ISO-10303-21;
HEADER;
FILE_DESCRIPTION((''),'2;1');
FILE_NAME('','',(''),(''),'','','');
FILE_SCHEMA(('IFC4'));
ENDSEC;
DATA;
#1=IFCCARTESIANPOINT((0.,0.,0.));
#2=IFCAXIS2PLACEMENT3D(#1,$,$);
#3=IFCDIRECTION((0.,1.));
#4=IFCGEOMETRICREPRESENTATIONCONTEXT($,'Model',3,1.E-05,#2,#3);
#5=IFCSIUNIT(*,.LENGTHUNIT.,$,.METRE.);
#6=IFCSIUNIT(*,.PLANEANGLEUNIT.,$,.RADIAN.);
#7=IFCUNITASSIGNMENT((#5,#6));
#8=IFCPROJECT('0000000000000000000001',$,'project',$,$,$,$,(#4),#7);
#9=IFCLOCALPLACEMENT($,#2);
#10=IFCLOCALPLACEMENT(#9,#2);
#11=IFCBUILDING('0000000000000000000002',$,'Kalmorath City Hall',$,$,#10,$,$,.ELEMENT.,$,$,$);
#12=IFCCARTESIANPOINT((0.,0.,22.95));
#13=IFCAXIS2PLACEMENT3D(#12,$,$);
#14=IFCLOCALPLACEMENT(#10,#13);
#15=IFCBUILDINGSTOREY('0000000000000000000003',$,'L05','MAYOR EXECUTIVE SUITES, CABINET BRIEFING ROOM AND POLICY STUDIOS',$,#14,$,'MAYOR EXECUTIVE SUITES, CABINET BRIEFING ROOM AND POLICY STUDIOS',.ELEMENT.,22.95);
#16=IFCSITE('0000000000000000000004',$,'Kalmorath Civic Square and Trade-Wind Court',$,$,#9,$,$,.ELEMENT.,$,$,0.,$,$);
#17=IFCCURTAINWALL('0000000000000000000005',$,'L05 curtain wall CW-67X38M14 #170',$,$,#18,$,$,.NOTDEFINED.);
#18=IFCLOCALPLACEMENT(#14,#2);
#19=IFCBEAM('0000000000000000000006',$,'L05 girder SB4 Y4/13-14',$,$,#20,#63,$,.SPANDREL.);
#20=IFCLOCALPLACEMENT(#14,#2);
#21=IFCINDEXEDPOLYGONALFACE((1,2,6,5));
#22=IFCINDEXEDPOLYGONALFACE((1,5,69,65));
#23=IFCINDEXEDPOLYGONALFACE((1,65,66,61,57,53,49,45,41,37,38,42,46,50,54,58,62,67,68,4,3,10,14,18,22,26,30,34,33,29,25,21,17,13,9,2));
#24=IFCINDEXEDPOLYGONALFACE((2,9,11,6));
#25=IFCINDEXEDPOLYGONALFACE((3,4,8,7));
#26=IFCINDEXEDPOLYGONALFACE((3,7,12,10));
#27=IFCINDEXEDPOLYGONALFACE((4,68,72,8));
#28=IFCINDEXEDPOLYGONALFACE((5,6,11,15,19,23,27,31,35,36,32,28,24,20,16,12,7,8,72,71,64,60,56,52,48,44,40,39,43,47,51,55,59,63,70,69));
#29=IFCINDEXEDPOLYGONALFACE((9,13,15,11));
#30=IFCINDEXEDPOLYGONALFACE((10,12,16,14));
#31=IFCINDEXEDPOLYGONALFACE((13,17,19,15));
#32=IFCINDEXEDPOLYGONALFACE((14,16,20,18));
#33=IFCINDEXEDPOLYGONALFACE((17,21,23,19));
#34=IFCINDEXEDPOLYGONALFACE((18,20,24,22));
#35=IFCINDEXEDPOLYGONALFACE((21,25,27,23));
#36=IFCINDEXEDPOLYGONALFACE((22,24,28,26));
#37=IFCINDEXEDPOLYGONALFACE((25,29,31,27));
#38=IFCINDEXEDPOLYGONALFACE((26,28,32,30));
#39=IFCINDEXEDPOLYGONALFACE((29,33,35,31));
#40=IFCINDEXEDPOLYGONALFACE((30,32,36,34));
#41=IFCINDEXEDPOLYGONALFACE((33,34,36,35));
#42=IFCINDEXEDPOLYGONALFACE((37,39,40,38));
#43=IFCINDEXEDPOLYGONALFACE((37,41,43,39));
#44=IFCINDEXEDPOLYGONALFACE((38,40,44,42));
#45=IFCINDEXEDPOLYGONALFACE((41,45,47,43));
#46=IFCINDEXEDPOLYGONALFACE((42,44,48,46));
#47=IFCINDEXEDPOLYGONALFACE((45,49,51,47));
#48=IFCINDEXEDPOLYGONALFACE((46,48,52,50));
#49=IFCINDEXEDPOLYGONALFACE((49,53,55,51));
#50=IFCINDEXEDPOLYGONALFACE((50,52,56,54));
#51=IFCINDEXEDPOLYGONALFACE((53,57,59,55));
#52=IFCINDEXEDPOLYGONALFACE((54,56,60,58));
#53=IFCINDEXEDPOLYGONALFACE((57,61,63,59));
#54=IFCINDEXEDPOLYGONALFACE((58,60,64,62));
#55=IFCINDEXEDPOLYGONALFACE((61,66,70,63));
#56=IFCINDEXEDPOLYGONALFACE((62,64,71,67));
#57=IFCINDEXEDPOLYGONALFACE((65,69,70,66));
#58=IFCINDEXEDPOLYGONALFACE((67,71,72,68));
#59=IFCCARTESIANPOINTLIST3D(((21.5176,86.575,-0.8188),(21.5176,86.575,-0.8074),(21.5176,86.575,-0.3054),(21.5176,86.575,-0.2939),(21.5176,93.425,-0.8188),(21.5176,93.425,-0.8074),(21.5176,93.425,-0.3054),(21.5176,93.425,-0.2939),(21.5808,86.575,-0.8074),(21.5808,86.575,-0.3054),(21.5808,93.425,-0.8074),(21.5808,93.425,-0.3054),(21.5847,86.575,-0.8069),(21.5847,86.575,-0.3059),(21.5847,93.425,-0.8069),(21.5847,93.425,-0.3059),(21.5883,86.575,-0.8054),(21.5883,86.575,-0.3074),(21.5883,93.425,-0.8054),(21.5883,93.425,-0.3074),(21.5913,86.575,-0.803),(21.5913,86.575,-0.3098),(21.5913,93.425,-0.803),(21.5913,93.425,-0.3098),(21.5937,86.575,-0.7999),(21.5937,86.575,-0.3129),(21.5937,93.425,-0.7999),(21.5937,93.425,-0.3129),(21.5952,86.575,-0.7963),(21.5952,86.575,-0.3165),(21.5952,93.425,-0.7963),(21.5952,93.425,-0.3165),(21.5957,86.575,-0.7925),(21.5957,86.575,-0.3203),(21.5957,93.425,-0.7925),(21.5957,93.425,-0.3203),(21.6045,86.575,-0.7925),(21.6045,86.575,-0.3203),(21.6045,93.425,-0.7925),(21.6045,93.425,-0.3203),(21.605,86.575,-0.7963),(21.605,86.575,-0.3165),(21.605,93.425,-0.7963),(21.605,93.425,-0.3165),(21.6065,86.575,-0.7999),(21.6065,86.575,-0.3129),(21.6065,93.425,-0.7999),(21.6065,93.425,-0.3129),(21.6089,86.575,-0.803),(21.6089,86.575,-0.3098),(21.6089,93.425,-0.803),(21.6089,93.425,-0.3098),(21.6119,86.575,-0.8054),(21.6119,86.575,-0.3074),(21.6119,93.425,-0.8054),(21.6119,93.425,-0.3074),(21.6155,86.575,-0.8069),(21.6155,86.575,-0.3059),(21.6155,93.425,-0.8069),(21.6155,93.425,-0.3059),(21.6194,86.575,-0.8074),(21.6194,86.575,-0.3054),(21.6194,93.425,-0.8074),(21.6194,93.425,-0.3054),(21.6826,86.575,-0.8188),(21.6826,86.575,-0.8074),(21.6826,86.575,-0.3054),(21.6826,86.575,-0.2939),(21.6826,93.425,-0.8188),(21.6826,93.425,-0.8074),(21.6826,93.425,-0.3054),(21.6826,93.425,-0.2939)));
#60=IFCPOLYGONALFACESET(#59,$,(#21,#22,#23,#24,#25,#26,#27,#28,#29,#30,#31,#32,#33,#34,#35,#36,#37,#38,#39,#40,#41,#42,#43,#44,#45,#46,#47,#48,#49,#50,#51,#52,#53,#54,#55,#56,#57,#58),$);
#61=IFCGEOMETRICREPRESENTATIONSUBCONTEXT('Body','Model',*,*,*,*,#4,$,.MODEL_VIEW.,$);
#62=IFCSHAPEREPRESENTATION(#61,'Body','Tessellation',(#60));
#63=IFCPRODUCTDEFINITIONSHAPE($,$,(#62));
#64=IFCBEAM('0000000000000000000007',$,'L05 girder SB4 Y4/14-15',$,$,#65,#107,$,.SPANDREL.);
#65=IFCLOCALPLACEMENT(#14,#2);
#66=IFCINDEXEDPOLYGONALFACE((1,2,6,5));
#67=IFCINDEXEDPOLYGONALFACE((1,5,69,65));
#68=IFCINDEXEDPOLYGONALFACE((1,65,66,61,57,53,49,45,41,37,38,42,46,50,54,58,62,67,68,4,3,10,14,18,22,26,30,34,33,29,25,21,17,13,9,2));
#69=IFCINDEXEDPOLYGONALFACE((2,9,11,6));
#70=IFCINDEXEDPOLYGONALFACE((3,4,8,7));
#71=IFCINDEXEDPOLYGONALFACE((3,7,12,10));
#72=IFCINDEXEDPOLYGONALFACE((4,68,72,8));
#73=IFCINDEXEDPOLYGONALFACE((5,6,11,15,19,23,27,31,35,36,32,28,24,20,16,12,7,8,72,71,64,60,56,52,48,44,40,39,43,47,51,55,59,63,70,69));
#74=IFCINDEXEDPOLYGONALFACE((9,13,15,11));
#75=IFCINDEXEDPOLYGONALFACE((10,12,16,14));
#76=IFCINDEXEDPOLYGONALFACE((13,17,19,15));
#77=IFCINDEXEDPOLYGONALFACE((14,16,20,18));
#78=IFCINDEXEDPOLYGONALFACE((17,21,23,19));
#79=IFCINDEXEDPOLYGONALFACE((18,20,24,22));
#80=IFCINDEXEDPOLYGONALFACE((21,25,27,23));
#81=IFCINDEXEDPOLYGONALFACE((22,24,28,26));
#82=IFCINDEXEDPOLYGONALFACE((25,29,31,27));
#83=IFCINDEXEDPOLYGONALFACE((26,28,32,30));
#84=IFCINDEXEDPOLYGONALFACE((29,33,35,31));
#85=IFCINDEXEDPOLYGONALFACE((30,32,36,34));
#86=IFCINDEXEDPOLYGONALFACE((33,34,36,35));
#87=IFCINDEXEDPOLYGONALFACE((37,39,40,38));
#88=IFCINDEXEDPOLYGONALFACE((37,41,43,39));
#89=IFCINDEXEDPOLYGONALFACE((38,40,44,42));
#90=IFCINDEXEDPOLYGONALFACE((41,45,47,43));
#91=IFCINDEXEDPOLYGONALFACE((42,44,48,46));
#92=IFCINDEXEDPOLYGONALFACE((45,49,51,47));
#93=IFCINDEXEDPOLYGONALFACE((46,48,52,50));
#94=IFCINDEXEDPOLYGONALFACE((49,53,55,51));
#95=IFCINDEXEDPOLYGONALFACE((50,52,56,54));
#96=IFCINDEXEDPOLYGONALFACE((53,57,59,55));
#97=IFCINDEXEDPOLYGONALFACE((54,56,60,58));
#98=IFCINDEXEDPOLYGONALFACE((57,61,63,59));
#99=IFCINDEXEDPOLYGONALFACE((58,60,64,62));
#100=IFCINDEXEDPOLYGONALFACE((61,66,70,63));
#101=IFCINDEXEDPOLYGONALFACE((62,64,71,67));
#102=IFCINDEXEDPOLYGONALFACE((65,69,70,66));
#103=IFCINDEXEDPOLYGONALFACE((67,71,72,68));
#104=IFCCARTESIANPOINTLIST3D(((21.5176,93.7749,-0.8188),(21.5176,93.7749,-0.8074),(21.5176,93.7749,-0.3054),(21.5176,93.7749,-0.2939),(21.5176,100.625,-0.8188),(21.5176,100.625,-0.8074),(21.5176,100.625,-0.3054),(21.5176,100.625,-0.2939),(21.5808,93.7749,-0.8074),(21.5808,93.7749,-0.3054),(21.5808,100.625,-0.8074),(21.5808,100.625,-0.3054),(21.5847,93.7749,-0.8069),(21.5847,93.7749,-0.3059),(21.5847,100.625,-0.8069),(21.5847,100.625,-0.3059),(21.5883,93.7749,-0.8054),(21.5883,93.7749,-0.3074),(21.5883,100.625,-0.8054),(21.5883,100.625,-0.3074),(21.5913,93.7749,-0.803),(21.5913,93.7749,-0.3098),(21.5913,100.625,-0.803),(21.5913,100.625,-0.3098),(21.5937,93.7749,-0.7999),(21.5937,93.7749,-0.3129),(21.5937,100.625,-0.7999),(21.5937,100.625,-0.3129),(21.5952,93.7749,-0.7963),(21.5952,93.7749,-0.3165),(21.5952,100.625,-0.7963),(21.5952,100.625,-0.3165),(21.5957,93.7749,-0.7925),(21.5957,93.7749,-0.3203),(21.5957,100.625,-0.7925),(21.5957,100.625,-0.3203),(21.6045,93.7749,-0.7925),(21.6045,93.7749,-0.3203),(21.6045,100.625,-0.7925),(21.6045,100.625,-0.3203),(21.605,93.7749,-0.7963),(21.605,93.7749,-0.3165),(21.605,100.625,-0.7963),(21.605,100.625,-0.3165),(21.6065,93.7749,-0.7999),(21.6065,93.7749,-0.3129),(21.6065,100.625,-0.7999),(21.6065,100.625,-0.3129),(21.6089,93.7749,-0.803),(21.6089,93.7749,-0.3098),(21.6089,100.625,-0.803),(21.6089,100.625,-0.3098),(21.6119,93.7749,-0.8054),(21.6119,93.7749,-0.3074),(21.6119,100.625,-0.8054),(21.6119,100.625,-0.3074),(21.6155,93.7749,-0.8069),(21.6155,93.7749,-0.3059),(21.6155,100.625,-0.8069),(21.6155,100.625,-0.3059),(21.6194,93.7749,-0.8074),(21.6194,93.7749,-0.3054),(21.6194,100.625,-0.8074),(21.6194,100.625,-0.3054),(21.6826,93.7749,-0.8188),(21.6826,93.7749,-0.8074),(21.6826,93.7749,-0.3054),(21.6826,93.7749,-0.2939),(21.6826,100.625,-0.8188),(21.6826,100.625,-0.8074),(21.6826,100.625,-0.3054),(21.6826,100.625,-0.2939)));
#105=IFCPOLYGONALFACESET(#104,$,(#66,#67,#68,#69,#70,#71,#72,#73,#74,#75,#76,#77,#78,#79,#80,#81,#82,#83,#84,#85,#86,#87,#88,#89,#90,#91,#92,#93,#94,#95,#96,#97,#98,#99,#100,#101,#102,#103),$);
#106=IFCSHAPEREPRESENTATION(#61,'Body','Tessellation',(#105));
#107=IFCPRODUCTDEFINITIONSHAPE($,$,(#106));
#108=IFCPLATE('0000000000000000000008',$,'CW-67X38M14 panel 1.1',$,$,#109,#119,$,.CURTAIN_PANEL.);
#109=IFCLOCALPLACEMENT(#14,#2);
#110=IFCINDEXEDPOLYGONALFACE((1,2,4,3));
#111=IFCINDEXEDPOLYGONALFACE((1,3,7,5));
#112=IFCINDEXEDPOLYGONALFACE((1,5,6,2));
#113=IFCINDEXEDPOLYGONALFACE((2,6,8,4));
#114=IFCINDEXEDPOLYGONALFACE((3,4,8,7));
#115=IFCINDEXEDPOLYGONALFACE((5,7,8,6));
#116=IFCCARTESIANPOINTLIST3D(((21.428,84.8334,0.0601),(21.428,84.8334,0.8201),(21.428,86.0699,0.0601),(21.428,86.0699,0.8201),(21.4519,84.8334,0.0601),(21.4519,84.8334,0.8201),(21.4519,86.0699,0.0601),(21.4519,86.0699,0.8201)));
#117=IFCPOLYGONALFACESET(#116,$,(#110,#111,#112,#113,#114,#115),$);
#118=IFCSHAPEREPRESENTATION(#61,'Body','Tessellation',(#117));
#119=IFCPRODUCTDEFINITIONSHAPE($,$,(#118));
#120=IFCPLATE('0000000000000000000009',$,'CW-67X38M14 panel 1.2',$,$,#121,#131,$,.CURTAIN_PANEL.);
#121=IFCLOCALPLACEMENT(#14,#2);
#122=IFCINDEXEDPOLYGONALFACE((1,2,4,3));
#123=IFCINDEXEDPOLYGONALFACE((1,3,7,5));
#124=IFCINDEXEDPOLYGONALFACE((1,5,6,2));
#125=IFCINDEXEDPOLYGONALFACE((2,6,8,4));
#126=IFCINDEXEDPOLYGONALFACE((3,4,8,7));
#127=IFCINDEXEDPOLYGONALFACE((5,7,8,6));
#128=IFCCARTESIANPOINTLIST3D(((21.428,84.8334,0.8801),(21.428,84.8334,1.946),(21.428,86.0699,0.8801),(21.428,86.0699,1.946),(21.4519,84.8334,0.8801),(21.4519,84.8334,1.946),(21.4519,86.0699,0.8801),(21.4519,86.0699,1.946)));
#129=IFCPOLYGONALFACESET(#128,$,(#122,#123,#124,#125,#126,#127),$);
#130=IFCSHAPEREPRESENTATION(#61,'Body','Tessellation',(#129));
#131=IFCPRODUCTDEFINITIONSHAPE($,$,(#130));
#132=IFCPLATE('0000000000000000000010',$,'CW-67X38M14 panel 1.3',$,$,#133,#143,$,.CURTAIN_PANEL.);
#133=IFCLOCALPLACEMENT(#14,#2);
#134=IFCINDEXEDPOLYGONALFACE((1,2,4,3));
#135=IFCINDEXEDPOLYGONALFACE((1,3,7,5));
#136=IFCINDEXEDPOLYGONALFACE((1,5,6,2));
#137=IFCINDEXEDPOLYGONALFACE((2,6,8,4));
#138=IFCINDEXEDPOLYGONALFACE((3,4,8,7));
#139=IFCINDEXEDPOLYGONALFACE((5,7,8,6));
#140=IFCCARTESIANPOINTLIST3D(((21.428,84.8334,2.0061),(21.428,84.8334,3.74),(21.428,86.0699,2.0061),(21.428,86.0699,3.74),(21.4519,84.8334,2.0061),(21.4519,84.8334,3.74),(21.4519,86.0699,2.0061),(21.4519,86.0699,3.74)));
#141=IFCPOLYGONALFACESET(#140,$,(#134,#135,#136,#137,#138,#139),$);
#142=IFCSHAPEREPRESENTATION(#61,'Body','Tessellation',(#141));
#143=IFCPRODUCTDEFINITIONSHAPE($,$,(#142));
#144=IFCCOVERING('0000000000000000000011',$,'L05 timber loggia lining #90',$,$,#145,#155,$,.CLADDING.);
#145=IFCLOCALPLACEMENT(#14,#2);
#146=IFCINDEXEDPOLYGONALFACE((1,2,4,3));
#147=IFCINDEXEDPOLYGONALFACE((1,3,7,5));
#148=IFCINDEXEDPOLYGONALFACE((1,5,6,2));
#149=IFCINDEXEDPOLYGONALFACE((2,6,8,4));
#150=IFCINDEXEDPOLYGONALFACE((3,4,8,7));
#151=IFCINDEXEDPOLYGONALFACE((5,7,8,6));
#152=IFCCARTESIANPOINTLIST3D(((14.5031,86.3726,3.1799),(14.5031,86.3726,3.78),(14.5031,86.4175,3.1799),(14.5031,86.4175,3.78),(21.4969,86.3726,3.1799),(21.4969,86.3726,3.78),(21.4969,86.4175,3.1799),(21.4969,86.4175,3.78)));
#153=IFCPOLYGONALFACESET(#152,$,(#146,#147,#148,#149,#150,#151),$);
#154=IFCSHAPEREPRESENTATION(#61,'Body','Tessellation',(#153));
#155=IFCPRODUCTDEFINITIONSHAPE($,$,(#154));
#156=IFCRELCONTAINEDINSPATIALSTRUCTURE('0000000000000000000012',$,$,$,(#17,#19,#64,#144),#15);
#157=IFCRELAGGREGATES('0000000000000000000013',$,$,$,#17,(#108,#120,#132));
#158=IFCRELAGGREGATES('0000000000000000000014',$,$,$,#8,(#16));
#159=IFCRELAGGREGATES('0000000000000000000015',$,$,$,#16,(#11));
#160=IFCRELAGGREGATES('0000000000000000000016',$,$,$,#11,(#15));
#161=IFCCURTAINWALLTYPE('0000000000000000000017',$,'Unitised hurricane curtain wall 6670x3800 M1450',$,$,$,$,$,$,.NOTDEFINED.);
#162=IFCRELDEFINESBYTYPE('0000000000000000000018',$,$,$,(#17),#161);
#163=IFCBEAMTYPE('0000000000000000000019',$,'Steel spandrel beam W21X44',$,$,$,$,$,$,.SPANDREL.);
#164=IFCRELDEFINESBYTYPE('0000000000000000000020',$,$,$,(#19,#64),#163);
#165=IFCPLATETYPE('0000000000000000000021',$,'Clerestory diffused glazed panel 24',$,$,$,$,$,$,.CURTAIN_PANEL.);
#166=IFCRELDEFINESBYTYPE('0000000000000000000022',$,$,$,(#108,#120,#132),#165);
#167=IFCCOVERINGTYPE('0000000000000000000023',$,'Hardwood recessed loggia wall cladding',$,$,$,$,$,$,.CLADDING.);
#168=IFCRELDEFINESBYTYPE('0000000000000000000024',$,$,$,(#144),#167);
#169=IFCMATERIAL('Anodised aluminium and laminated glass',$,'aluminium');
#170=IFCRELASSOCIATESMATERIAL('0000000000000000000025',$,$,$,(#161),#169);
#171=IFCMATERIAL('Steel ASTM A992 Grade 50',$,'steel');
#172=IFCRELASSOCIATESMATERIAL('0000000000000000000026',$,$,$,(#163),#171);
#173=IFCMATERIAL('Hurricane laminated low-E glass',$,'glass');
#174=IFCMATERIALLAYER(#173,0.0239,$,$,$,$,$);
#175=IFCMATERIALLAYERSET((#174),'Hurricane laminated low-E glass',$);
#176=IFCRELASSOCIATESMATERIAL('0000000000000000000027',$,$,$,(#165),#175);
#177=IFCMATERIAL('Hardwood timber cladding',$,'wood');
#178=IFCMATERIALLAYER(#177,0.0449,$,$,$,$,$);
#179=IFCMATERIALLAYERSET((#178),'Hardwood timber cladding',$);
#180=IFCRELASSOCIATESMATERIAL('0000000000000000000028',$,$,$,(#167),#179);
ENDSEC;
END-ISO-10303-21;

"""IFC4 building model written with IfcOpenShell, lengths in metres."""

from ifc_helpers import new_model, si_unit, direction, frame, origin, origin_2d, place, context, subcontext, project, spatial, rectangle, i_section, extrude, material, layer, layer_set, material_profile, profile_set, type_object, element, aggregate, save


model = new_model("IFC4")

# Units and contexts
model_context = context("Model", 3, precision=1e-05, world=origin(), true_north=direction((0.0, 1.0)))
body_context = subcontext(model_context, "Body", "Model", "MODEL_VIEW")
ifc_project = project(units=[si_unit("LENGTHUNIT", "METRE"), si_unit("PLANEANGLEUNIT", "RADIAN")], contexts=[model_context])

# Site, building, storey
site_placement = place(None, origin())
site = spatial("IfcSite", under=ifc_project, at=site_placement, Name="Kalmorath Civic Square and Trade-Wind Court", CompositionType="ELEMENT", RefElevation=0.0)
building_placement = place(site_placement, origin())
building = spatial("IfcBuilding", under=site, at=building_placement, Name="Kalmorath City Hall", CompositionType="ELEMENT")
storey_placement = place(building_placement, frame((0.0, 0.0, 22.95)))
storey = spatial("IfcBuildingStorey", under=building, at=storey_placement, Name="L05", Description="MAYOR EXECUTIVE SUITES, CABINET BRIEFING ROOM AND POLICY STUDIOS", LongName="MAYOR EXECUTIVE SUITES, CABINET BRIEFING ROOM AND POLICY STUDIOS", CompositionType="ELEMENT", Elevation=22.95)

# Curtain wall
ifc_material_1 = material(Name="Anodised aluminium and laminated glass", Category="aluminium")
curtain_wall_type = type_object("IfcCurtainWallType", Name="Unitised hurricane curtain wall 6670x3800 M1450", PredefinedType="NOTDEFINED", material=ifc_material_1)
curtain_wall_placement = place(storey_placement, origin())
curtain_wall = element("IfcCurtainWall", 1, at=curtain_wall_placement, inside=storey, type_object=curtain_wall_type, Name="L05 curtain wall CW-67X38M14 #170", PredefinedType="NOTDEFINED")

# Beams
ifc_material_2 = material(Name="Steel ASTM A992 Grade 50", Category="steel")
ifc_material_profile_1 = material_profile(ifc_material_2, i_section(OverallWidth=0.165, OverallDepth=0.5249, WebThickness=0.0088, FlangeThickness=0.0115, FilletRadius=0.0149, at=origin_2d()), Name="W21X44")
ifc_profile_set_1 = profile_set([ifc_material_profile_1], Name="Steel ASTM A992 Grade 50")
beam_type_1 = type_object("IfcBeamType", Name="Steel spandrel beam W21X44", PredefinedType="SPANDREL", material=ifc_profile_set_1)
for number, where, z_axis, x_axis, name in (
    (2, (21.6001, 86.575, -0.5564), (0.0, 1.0, 0.0), (-1.0, 0.0, 0.0), "L05 girder SB4 Y4/13-14"),
    (3, (21.6001, 93.7749, -0.5564), (0.0, 1.0, 0.0), (-1.0, 0.0, 0.0), "L05 girder SB4 Y4/14-15"),
):
    element("IfcBeam", number, at=place(storey_placement, frame(where, z_axis=z_axis, x_axis=x_axis)), inside=storey, type_object=beam_type_1, Name=name, PredefinedType="SPANDREL", context=body_context, shape_type="SweptSolid", body=[
        extrude(i_section(OverallWidth=0.165, OverallDepth=0.5249, WebThickness=0.0088, FlangeThickness=0.0115, FilletRadius=0.0149, at=origin_2d()), origin(), (0.0, 0.0, 1.0), 6.8501),
    ])

# Plates
ifc_material_3 = material(Name="Hurricane laminated low-E glass", Category="glass")
ifc_layer_1 = layer(ifc_material_3, 0.0239)
ifc_layer_set_1 = layer_set([ifc_layer_1], Name="Hurricane laminated low-E glass")
plate_type = type_object("IfcPlateType", Name="Clerestory diffused glazed panel 24", PredefinedType="CURTAIN_PANEL", material=ifc_layer_set_1)
plate_1_placement = place(storey_placement, frame((21.4399, 85.4517, 0.0601), z_axis=(0.0, 0.0, 1.0), x_axis=(0.0, -1.0, 0.0)))
plate_1 = element("IfcPlate", 4, at=plate_1_placement, type_object=plate_type, Name="CW-67X38M14 panel 1.1", PredefinedType="CURTAIN_PANEL", context=body_context, shape_type="SweptSolid", body=[
    extrude(rectangle(XDim=1.2366, YDim=0.0239, at=origin_2d()), origin(), (0.0, 0.0, 1.0), 0.76),
])
plate_2_placement = place(storey_placement, frame((21.4399, 85.4517, 0.8801), z_axis=(0.0, 0.0, 1.0), x_axis=(0.0, -1.0, 0.0)))
plate_2 = element("IfcPlate", 5, at=plate_2_placement, type_object=plate_type, Name="CW-67X38M14 panel 1.2", PredefinedType="CURTAIN_PANEL", context=body_context, shape_type="SweptSolid", body=[
    extrude(rectangle(XDim=1.2366, YDim=0.0239, at=origin_2d()), origin(), (0.0, 0.0, 1.0), 1.0659),
])
plate_3_placement = place(storey_placement, frame((21.4399, 85.4517, 2.0061), z_axis=(0.0, 0.0, 1.0), x_axis=(0.0, -1.0, 0.0)))
plate_3 = element("IfcPlate", 6, at=plate_3_placement, type_object=plate_type, Name="CW-67X38M14 panel 1.3", PredefinedType="CURTAIN_PANEL", context=body_context, shape_type="SweptSolid", body=[
    extrude(rectangle(XDim=1.2366, YDim=0.0239, at=origin_2d()), origin(), (0.0, 0.0, 1.0), 1.7339),
])
aggregate(curtain_wall, [plate_1, plate_2, plate_3])

# Covering
ifc_material_4 = material(Name="Hardwood timber cladding", Category="wood")
ifc_layer_2 = layer(ifc_material_4, 0.0449)
ifc_layer_set_2 = layer_set([ifc_layer_2], Name="Hardwood timber cladding")
covering_type = type_object("IfcCoveringType", Name="Hardwood recessed loggia wall cladding", PredefinedType="CLADDING", material=ifc_layer_set_2)
covering_placement = place(storey_placement, frame((18.0, 86.395, 3.1799), z_axis=(0.0, 0.0, 1.0), x_axis=(1.0, 0.0, 0.0)))
element("IfcCovering", 7, at=covering_placement, inside=storey, type_object=covering_type, Name="L05 timber loggia lining #90", PredefinedType="CLADDING", context=body_context, shape_type="SweptSolid", body=[
    extrude(rectangle(XDim=6.9939, YDim=0.0449, at=origin_2d()), origin(), (0.0, 0.0, 1.0), 0.6001),
])

save(model, "model.ifc")
